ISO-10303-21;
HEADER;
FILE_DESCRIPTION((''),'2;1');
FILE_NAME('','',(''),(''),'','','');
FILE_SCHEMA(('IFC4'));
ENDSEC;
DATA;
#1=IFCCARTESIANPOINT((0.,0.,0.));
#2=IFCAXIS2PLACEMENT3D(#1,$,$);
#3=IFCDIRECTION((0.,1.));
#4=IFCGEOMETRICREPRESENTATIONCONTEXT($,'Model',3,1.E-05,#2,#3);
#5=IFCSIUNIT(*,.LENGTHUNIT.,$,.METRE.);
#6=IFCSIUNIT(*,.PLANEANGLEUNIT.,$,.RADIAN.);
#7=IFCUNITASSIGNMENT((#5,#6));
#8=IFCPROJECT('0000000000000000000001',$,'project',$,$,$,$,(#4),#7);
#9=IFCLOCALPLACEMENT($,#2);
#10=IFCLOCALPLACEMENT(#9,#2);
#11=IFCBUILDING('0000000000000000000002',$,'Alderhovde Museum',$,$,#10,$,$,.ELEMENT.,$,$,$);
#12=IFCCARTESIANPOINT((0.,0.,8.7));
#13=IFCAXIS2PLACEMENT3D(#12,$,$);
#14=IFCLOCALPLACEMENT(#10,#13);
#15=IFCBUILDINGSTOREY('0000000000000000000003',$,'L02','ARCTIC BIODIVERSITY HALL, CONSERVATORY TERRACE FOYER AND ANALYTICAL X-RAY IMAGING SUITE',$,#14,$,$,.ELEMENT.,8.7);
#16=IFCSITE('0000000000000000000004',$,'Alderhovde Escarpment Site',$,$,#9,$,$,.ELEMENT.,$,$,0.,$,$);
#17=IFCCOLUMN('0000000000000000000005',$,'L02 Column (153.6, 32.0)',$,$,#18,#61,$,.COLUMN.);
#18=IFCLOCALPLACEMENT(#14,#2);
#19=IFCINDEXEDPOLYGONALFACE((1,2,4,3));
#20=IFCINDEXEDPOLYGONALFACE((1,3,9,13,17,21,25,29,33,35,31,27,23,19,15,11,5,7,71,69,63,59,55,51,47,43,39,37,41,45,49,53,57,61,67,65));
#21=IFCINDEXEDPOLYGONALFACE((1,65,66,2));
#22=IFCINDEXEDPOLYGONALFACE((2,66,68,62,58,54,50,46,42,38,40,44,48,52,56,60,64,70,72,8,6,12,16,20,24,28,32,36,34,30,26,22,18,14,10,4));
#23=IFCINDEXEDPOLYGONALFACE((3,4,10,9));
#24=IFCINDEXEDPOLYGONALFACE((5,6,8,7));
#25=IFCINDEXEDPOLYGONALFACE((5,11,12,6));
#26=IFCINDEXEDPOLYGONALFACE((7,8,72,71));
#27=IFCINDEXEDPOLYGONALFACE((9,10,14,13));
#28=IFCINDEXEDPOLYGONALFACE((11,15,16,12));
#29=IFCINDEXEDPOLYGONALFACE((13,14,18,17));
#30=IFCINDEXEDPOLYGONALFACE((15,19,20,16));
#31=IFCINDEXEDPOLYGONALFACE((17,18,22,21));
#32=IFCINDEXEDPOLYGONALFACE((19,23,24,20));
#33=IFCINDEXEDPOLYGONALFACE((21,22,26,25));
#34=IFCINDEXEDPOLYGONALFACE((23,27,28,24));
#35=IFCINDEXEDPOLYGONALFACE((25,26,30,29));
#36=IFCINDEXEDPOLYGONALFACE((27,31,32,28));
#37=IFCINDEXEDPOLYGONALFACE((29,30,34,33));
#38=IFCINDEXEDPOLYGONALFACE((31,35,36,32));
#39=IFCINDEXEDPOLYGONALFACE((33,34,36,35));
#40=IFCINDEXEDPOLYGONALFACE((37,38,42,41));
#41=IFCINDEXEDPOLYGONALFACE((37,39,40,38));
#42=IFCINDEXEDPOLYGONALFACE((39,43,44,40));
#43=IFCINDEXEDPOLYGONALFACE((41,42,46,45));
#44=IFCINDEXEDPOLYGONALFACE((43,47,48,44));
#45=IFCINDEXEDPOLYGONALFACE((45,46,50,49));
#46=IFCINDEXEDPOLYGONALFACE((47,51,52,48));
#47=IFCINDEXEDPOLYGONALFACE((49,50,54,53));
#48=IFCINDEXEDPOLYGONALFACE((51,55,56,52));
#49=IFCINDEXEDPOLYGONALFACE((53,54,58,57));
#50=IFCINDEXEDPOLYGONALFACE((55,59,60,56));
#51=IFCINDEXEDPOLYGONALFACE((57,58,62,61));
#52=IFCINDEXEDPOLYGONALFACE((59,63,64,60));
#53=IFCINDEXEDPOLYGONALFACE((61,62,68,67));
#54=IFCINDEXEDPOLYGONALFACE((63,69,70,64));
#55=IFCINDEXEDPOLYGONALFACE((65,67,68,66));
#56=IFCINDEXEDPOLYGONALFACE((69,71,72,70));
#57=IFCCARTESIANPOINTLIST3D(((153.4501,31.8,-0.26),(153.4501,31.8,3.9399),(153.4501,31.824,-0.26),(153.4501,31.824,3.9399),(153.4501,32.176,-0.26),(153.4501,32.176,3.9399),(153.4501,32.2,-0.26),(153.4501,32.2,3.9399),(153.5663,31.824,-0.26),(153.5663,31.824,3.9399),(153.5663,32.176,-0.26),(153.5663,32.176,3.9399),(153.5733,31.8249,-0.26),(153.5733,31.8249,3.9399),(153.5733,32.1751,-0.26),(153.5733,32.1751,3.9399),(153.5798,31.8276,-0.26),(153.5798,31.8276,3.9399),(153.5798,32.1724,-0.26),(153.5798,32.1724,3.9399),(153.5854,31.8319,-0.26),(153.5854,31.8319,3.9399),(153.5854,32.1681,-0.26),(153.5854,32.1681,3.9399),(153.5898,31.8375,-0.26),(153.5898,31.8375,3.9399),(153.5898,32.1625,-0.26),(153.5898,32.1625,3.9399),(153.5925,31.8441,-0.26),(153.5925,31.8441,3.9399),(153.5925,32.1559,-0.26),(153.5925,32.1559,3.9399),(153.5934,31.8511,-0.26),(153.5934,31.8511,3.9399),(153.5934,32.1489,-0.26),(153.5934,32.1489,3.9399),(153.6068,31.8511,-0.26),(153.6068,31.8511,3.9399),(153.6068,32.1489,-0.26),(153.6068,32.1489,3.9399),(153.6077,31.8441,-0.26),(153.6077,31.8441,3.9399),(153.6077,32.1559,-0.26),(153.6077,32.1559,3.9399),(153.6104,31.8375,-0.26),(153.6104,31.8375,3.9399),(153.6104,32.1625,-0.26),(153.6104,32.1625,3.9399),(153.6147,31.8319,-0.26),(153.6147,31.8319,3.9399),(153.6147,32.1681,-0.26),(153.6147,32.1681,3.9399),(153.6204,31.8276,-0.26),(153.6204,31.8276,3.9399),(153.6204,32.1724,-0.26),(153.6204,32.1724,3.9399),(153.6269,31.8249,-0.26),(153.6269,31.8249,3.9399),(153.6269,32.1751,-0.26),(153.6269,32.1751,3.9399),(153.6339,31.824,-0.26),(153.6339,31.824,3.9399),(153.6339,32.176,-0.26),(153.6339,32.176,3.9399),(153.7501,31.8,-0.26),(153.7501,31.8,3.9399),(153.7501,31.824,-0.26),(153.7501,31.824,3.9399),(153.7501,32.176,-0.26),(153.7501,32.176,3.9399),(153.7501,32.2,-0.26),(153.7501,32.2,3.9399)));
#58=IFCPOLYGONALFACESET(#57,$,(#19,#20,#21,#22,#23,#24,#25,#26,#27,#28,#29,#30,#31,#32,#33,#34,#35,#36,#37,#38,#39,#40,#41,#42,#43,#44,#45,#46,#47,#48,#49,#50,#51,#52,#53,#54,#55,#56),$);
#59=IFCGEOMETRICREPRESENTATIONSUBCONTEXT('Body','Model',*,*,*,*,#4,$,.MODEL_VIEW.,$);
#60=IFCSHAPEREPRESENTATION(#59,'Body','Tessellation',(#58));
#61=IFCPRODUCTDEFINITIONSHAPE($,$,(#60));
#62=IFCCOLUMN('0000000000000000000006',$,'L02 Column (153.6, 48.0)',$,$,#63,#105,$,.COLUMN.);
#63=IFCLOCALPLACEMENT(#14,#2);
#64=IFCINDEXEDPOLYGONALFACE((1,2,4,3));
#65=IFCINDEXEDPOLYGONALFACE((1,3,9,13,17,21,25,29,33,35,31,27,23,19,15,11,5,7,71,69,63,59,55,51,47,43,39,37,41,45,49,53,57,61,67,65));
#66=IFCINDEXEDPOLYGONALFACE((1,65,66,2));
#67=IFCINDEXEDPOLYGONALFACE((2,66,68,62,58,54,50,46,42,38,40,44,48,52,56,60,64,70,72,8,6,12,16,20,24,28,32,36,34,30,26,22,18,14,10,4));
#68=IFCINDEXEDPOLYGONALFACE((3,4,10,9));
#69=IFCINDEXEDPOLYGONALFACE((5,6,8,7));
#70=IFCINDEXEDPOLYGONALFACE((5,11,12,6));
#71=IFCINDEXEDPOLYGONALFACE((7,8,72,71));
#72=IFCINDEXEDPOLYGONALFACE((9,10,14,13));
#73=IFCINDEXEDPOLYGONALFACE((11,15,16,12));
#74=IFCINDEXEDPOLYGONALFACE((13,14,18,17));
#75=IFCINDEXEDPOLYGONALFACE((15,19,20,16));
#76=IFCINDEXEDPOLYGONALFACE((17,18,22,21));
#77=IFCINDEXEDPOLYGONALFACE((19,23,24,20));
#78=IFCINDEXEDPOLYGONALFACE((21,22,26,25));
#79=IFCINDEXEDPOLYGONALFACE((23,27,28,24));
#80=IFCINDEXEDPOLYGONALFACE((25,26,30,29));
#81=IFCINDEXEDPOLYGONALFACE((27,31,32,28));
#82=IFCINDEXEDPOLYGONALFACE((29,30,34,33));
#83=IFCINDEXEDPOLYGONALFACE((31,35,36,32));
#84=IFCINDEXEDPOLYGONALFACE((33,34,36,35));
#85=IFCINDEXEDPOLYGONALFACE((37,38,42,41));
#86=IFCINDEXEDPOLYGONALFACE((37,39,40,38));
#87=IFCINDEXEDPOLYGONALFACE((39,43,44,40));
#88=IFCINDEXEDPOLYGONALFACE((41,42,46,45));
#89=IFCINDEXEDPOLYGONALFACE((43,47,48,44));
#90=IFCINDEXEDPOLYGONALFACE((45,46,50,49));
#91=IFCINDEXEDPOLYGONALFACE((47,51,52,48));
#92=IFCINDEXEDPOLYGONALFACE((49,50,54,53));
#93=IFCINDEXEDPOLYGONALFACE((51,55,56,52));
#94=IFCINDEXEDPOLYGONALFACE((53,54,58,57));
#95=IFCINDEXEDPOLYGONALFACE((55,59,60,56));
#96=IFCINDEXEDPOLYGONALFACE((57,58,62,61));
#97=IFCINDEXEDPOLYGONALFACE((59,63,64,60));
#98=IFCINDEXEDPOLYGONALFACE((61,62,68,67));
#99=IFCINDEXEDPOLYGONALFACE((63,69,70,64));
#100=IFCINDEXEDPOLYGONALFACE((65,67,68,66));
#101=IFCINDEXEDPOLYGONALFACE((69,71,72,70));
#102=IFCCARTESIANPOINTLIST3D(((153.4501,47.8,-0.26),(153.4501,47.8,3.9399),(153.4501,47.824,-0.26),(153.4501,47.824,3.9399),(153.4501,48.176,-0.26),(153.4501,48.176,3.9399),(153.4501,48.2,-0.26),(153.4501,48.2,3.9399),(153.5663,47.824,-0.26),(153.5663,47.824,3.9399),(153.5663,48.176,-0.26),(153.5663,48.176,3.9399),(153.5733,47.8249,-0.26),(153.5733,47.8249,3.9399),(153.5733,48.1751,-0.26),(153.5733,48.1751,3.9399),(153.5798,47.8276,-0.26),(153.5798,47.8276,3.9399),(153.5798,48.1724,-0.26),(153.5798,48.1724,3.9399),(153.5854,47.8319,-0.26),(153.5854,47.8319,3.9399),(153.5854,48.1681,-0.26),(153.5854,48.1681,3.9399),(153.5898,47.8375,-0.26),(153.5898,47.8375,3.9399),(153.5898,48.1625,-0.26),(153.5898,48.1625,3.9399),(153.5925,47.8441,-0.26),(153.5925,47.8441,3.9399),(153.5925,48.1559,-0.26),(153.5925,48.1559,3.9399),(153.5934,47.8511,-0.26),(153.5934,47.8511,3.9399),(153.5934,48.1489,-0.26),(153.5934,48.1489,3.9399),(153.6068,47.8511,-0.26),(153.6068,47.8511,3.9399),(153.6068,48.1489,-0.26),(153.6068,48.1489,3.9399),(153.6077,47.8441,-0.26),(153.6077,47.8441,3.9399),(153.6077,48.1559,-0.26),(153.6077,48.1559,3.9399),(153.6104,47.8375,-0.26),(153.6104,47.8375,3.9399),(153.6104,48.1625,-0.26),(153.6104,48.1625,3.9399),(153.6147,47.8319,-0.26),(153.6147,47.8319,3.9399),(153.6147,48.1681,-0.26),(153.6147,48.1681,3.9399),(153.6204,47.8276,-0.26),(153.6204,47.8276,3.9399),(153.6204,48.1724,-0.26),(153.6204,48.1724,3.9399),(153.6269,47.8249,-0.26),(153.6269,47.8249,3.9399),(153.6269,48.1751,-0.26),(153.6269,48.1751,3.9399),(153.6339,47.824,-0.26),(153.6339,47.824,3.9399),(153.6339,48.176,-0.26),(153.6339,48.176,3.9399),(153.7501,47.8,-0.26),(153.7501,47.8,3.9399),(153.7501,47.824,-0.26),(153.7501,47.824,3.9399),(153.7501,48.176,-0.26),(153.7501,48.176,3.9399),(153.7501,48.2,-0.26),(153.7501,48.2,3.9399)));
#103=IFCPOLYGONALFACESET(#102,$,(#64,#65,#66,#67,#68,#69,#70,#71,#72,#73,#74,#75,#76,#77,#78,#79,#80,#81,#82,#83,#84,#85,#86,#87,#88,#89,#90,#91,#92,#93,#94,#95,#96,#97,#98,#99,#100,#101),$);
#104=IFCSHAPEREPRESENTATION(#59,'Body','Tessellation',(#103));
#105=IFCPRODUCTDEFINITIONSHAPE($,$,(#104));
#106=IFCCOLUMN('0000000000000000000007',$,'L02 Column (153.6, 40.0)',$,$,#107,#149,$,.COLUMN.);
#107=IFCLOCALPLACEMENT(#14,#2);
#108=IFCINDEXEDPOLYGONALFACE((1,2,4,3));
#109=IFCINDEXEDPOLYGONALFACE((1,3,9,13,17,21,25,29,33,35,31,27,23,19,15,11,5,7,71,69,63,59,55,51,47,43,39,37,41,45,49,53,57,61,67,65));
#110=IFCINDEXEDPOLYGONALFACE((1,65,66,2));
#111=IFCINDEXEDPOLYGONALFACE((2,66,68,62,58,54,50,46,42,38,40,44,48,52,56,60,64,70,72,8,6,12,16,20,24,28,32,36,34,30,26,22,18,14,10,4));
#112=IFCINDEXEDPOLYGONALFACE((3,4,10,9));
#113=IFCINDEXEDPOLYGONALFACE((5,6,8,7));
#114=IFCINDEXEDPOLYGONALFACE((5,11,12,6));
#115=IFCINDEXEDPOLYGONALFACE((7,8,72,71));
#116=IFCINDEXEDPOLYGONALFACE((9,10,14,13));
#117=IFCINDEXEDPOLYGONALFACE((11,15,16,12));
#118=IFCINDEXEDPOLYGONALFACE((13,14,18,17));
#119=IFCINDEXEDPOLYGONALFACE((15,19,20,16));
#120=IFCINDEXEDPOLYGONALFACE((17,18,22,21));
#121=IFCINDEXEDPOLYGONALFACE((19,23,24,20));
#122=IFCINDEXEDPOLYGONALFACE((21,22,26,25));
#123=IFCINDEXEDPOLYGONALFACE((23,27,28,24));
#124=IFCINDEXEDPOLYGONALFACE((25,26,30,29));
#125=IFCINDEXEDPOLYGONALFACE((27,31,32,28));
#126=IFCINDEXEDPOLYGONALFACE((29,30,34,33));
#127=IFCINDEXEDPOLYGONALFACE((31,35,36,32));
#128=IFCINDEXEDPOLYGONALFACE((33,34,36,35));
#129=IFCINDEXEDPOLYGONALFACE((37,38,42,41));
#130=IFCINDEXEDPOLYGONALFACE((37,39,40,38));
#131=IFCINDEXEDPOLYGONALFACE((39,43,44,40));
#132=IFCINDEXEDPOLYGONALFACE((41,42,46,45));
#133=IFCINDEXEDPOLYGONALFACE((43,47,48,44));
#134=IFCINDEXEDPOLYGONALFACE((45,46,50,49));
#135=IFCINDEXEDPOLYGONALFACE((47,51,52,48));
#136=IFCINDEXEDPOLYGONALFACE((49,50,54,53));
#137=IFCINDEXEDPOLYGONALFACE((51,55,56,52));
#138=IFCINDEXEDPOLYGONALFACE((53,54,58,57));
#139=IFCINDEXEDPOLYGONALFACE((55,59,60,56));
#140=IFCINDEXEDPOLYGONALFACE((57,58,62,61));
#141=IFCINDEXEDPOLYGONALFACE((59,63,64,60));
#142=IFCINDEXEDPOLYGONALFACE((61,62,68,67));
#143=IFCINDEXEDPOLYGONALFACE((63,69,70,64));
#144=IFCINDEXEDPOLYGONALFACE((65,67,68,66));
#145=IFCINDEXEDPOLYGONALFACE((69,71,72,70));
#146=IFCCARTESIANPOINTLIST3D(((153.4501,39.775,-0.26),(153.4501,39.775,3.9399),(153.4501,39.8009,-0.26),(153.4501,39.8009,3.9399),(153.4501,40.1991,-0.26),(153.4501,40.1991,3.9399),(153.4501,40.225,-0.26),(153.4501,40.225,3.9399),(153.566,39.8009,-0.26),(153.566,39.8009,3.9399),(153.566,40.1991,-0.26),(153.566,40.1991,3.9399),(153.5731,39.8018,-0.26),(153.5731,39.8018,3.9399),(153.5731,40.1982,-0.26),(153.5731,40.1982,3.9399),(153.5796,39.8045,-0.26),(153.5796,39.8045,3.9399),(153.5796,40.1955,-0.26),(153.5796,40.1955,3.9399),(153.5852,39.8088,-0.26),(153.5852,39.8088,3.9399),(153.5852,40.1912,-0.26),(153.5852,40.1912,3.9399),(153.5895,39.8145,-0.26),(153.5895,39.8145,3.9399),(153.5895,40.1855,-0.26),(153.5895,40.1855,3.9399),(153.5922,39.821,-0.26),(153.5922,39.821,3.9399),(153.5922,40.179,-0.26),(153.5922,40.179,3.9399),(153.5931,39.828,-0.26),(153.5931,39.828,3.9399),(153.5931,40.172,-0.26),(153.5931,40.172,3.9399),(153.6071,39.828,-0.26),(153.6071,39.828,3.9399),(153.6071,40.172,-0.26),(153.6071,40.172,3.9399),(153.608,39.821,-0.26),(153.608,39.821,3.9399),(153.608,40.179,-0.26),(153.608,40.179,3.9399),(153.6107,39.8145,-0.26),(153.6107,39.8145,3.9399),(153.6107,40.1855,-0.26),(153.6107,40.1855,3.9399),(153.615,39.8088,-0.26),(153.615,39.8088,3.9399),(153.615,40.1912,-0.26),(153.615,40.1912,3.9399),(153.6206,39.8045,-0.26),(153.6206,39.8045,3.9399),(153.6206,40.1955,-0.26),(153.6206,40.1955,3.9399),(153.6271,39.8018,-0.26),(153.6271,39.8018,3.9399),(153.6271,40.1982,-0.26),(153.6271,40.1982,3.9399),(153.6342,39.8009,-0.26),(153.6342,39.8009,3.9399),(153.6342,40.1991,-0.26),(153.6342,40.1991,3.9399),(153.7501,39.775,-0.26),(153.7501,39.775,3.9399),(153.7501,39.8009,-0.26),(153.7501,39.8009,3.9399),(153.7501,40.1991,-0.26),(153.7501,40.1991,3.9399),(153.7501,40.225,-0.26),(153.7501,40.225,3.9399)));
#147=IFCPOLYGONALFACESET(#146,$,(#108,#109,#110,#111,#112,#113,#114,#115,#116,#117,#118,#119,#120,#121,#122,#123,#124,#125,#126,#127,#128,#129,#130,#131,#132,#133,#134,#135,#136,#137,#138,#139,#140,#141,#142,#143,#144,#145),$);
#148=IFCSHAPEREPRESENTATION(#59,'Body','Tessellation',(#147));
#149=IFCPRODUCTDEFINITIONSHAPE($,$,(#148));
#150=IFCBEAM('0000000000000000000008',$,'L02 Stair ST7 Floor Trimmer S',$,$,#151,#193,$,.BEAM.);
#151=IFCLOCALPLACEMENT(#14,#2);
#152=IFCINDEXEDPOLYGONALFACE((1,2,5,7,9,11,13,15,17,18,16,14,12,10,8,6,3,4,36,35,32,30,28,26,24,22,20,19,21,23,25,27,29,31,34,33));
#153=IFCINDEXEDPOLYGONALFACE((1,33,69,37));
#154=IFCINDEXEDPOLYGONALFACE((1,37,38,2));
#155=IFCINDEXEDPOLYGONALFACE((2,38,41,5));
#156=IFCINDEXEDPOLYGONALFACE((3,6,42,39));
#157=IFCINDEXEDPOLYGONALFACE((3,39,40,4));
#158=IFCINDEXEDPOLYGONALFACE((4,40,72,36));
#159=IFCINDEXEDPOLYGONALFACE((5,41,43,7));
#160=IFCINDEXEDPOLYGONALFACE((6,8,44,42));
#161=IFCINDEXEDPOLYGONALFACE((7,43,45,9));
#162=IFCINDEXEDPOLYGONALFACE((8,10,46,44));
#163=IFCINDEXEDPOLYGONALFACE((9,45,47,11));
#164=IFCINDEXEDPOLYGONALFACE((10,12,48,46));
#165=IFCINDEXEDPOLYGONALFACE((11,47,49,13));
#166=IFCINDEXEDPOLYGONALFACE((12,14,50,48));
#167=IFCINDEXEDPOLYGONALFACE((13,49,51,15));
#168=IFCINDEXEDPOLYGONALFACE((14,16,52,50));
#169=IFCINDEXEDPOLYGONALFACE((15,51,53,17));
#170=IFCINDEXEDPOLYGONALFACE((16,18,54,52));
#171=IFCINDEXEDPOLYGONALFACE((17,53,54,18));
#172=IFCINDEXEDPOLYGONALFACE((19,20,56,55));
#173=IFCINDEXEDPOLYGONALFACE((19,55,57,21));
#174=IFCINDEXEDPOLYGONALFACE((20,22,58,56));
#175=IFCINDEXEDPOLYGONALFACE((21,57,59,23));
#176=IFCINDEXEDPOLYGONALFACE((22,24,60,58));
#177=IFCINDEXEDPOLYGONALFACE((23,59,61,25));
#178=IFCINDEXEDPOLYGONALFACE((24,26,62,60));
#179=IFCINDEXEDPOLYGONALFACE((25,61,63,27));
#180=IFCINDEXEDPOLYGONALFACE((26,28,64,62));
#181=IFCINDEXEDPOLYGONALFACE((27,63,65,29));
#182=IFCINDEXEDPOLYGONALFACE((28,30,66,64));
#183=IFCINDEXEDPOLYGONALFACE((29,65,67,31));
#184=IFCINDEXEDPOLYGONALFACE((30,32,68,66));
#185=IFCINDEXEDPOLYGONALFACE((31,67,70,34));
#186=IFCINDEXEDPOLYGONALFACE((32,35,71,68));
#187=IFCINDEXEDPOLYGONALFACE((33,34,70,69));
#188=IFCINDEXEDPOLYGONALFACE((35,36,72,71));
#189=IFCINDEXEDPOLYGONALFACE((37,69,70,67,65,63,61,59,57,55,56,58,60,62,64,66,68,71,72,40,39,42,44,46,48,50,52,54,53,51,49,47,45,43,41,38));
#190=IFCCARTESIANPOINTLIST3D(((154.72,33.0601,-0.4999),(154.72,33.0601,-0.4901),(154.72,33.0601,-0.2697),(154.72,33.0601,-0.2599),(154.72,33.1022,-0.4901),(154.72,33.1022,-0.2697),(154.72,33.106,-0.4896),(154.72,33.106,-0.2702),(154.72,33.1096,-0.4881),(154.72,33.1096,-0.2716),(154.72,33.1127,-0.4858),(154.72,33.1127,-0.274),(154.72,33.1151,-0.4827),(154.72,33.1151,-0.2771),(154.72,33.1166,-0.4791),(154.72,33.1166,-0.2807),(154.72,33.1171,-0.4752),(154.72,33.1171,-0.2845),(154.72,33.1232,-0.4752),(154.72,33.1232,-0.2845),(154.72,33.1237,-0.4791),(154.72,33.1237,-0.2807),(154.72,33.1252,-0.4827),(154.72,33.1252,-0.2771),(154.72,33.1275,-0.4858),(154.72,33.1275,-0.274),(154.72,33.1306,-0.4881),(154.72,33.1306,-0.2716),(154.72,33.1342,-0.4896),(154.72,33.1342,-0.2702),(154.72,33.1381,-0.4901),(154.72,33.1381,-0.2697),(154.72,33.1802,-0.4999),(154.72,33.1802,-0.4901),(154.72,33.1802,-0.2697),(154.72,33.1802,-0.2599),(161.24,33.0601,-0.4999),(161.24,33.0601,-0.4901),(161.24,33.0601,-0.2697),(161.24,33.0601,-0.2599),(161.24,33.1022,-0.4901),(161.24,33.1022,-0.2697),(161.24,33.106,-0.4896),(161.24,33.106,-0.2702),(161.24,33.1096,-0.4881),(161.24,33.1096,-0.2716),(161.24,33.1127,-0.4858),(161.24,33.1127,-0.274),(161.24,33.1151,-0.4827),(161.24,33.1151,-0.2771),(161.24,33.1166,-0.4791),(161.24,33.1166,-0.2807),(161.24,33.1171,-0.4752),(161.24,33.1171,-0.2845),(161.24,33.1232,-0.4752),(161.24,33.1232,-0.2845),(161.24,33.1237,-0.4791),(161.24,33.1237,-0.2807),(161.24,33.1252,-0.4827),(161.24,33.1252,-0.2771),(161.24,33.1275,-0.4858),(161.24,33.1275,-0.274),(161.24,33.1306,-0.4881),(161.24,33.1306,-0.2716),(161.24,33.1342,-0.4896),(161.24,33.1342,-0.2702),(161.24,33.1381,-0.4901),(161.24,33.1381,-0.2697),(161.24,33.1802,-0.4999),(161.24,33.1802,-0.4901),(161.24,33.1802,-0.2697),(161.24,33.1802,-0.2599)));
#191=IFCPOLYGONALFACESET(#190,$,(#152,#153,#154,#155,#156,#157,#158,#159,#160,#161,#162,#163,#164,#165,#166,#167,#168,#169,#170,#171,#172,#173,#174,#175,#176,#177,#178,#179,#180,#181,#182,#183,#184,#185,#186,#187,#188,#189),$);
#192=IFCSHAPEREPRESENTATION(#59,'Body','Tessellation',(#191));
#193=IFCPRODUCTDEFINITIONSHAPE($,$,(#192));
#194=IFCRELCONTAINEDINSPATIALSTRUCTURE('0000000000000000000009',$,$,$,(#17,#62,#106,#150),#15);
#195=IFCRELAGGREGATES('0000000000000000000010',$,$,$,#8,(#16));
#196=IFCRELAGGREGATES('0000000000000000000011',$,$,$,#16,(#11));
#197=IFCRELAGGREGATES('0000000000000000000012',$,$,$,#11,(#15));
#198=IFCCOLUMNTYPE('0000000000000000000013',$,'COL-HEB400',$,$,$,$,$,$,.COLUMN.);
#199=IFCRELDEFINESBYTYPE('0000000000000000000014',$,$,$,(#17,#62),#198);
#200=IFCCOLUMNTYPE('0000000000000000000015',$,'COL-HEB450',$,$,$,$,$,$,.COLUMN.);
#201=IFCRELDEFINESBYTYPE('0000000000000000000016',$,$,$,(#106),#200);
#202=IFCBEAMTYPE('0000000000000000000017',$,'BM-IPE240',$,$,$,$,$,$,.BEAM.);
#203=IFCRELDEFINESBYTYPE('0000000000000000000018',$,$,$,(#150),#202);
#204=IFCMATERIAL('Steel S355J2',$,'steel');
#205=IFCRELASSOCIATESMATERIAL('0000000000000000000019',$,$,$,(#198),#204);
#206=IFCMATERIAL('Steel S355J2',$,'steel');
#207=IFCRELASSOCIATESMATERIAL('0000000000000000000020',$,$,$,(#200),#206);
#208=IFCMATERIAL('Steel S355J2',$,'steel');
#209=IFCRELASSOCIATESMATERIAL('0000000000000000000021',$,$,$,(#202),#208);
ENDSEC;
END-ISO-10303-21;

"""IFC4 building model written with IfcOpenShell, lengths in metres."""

from ifc_helpers import new_model, si_unit, direction, frame, origin, origin_2d, place, context, subcontext, project, spatial, i_section, extrude, material, material_profile, profile_set, type_object, element, save


model = new_model("IFC4")

# Units and contexts
model_context = context("Model", 3, precision=1e-05, world=origin(), true_north=direction((0.0, 1.0)))
body_context = subcontext(model_context, "Body", "Model", "MODEL_VIEW")
ifc_project = project(units=[si_unit("LENGTHUNIT", "METRE"), si_unit("PLANEANGLEUNIT", "RADIAN")], contexts=[model_context])

# Site, building, storey
site_placement = place(None, origin())
site = spatial("IfcSite", under=ifc_project, at=site_placement, Name="Alderhovde Escarpment Site", CompositionType="ELEMENT", RefElevation=0.0)
building_placement = place(site_placement, origin())
building = spatial("IfcBuilding", under=site, at=building_placement, Name="Alderhovde Museum", CompositionType="ELEMENT")
storey_placement = place(building_placement, frame((0.0, 0.0, 8.7)))
storey = spatial("IfcBuildingStorey", under=building, at=storey_placement, Name="L02", Description="ARCTIC BIODIVERSITY HALL, CONSERVATORY TERRACE FOYER AND ANALYTICAL X-RAY IMAGING SUITE", CompositionType="ELEMENT", Elevation=8.7)

# Columns
ifc_material_1 = material(Name="Steel S355J2", Category="steel")
ifc_material_profile_1 = material_profile(ifc_material_1, i_section(OverallWidth=0.3, OverallDepth=0.3999, WebThickness=0.0134, FlangeThickness=0.0239, FilletRadius=0.0271, at=origin_2d()), Name="HEB 400")
ifc_profile_set_1 = profile_set([ifc_material_profile_1], Name="Steel S355J2")
column_type_1 = type_object("IfcColumnType", Name="COL-HEB400", PredefinedType="COLUMN", material=ifc_profile_set_1)
for number, where, z_axis, x_axis, name in (
    (1, (153.6001, 32.0, -0.26), (0.0, 0.0, 1.0), (1.0, 0.0, 0.0), "L02 Column (153.6, 32.0)"),
    (2, (153.6001, 48.0, -0.26), (0.0, 0.0, 1.0), (1.0, 0.0, 0.0), "L02 Column (153.6, 48.0)"),
):
    element("IfcColumn", number, at=place(storey_placement, frame(where, z_axis=z_axis, x_axis=x_axis)), inside=storey, type_object=column_type_1, Name=name, PredefinedType="COLUMN", context=body_context, shape_type="SweptSolid", body=[
        extrude(i_section(OverallWidth=0.3, OverallDepth=0.3999, WebThickness=0.0134, FlangeThickness=0.0239, FilletRadius=0.0271, at=origin_2d()), origin(), (0.0, 0.0, 1.0), 4.2),
    ])
ifc_material_2 = material(Name="Steel S355J2", Category="steel")
ifc_material_profile_2 = material_profile(ifc_material_2, i_section(OverallWidth=0.3, OverallDepth=0.45, WebThickness=0.0139, FlangeThickness=0.0259, FilletRadius=0.0271, at=origin_2d()), Name="HEB 450")
ifc_profile_set_2 = profile_set([ifc_material_profile_2], Name="Steel S355J2")
column_type_2 = type_object("IfcColumnType", Name="COL-HEB450", PredefinedType="COLUMN", material=ifc_profile_set_2)
column_placement = place(storey_placement, frame((153.6001, 40.0, -0.26), z_axis=(0.0, 0.0, 1.0), x_axis=(1.0, 0.0, 0.0)))
element("IfcColumn", 3, at=column_placement, inside=storey, type_object=column_type_2, Name="L02 Column (153.6, 40.0)", PredefinedType="COLUMN", context=body_context, shape_type="SweptSolid", body=[
    extrude(i_section(OverallWidth=0.3, OverallDepth=0.45, WebThickness=0.0139, FlangeThickness=0.0259, FilletRadius=0.0271, at=origin_2d()), origin(), (0.0, 0.0, 1.0), 4.2),
])

# Beam
ifc_material_3 = material(Name="Steel S355J2", Category="steel")
ifc_material_profile_3 = material_profile(ifc_material_3, i_section(OverallWidth=0.1201, OverallDepth=0.24, WebThickness=0.0061, FlangeThickness=0.0098, FilletRadius=0.0149, at=origin_2d()), Name="IPE 240")
ifc_profile_set_3 = profile_set([ifc_material_profile_3], Name="Steel S355J2")
beam_type_1 = type_object("IfcBeamType", Name="BM-IPE240", PredefinedType="BEAM", material=ifc_profile_set_3)
beam_1_placement = place(storey_placement, frame((154.72, 33.1201, -0.3799), z_axis=(1.0, 0.0, 0.0), x_axis=(0.0, 1.0, 0.0)))
element("IfcBeam", 4, at=beam_1_placement, inside=storey, type_object=beam_type_1, Name="L02 Stair ST7 Floor Trimmer S", PredefinedType="BEAM", context=body_context, shape_type="SweptSolid", body=[
    extrude(i_section(OverallWidth=0.1201, OverallDepth=0.24, WebThickness=0.0061, FlangeThickness=0.0098, FilletRadius=0.0149, at=origin_2d()), origin(), (0.0, 0.0, 1.0), 6.52),
])

save(model, "model.ifc")
